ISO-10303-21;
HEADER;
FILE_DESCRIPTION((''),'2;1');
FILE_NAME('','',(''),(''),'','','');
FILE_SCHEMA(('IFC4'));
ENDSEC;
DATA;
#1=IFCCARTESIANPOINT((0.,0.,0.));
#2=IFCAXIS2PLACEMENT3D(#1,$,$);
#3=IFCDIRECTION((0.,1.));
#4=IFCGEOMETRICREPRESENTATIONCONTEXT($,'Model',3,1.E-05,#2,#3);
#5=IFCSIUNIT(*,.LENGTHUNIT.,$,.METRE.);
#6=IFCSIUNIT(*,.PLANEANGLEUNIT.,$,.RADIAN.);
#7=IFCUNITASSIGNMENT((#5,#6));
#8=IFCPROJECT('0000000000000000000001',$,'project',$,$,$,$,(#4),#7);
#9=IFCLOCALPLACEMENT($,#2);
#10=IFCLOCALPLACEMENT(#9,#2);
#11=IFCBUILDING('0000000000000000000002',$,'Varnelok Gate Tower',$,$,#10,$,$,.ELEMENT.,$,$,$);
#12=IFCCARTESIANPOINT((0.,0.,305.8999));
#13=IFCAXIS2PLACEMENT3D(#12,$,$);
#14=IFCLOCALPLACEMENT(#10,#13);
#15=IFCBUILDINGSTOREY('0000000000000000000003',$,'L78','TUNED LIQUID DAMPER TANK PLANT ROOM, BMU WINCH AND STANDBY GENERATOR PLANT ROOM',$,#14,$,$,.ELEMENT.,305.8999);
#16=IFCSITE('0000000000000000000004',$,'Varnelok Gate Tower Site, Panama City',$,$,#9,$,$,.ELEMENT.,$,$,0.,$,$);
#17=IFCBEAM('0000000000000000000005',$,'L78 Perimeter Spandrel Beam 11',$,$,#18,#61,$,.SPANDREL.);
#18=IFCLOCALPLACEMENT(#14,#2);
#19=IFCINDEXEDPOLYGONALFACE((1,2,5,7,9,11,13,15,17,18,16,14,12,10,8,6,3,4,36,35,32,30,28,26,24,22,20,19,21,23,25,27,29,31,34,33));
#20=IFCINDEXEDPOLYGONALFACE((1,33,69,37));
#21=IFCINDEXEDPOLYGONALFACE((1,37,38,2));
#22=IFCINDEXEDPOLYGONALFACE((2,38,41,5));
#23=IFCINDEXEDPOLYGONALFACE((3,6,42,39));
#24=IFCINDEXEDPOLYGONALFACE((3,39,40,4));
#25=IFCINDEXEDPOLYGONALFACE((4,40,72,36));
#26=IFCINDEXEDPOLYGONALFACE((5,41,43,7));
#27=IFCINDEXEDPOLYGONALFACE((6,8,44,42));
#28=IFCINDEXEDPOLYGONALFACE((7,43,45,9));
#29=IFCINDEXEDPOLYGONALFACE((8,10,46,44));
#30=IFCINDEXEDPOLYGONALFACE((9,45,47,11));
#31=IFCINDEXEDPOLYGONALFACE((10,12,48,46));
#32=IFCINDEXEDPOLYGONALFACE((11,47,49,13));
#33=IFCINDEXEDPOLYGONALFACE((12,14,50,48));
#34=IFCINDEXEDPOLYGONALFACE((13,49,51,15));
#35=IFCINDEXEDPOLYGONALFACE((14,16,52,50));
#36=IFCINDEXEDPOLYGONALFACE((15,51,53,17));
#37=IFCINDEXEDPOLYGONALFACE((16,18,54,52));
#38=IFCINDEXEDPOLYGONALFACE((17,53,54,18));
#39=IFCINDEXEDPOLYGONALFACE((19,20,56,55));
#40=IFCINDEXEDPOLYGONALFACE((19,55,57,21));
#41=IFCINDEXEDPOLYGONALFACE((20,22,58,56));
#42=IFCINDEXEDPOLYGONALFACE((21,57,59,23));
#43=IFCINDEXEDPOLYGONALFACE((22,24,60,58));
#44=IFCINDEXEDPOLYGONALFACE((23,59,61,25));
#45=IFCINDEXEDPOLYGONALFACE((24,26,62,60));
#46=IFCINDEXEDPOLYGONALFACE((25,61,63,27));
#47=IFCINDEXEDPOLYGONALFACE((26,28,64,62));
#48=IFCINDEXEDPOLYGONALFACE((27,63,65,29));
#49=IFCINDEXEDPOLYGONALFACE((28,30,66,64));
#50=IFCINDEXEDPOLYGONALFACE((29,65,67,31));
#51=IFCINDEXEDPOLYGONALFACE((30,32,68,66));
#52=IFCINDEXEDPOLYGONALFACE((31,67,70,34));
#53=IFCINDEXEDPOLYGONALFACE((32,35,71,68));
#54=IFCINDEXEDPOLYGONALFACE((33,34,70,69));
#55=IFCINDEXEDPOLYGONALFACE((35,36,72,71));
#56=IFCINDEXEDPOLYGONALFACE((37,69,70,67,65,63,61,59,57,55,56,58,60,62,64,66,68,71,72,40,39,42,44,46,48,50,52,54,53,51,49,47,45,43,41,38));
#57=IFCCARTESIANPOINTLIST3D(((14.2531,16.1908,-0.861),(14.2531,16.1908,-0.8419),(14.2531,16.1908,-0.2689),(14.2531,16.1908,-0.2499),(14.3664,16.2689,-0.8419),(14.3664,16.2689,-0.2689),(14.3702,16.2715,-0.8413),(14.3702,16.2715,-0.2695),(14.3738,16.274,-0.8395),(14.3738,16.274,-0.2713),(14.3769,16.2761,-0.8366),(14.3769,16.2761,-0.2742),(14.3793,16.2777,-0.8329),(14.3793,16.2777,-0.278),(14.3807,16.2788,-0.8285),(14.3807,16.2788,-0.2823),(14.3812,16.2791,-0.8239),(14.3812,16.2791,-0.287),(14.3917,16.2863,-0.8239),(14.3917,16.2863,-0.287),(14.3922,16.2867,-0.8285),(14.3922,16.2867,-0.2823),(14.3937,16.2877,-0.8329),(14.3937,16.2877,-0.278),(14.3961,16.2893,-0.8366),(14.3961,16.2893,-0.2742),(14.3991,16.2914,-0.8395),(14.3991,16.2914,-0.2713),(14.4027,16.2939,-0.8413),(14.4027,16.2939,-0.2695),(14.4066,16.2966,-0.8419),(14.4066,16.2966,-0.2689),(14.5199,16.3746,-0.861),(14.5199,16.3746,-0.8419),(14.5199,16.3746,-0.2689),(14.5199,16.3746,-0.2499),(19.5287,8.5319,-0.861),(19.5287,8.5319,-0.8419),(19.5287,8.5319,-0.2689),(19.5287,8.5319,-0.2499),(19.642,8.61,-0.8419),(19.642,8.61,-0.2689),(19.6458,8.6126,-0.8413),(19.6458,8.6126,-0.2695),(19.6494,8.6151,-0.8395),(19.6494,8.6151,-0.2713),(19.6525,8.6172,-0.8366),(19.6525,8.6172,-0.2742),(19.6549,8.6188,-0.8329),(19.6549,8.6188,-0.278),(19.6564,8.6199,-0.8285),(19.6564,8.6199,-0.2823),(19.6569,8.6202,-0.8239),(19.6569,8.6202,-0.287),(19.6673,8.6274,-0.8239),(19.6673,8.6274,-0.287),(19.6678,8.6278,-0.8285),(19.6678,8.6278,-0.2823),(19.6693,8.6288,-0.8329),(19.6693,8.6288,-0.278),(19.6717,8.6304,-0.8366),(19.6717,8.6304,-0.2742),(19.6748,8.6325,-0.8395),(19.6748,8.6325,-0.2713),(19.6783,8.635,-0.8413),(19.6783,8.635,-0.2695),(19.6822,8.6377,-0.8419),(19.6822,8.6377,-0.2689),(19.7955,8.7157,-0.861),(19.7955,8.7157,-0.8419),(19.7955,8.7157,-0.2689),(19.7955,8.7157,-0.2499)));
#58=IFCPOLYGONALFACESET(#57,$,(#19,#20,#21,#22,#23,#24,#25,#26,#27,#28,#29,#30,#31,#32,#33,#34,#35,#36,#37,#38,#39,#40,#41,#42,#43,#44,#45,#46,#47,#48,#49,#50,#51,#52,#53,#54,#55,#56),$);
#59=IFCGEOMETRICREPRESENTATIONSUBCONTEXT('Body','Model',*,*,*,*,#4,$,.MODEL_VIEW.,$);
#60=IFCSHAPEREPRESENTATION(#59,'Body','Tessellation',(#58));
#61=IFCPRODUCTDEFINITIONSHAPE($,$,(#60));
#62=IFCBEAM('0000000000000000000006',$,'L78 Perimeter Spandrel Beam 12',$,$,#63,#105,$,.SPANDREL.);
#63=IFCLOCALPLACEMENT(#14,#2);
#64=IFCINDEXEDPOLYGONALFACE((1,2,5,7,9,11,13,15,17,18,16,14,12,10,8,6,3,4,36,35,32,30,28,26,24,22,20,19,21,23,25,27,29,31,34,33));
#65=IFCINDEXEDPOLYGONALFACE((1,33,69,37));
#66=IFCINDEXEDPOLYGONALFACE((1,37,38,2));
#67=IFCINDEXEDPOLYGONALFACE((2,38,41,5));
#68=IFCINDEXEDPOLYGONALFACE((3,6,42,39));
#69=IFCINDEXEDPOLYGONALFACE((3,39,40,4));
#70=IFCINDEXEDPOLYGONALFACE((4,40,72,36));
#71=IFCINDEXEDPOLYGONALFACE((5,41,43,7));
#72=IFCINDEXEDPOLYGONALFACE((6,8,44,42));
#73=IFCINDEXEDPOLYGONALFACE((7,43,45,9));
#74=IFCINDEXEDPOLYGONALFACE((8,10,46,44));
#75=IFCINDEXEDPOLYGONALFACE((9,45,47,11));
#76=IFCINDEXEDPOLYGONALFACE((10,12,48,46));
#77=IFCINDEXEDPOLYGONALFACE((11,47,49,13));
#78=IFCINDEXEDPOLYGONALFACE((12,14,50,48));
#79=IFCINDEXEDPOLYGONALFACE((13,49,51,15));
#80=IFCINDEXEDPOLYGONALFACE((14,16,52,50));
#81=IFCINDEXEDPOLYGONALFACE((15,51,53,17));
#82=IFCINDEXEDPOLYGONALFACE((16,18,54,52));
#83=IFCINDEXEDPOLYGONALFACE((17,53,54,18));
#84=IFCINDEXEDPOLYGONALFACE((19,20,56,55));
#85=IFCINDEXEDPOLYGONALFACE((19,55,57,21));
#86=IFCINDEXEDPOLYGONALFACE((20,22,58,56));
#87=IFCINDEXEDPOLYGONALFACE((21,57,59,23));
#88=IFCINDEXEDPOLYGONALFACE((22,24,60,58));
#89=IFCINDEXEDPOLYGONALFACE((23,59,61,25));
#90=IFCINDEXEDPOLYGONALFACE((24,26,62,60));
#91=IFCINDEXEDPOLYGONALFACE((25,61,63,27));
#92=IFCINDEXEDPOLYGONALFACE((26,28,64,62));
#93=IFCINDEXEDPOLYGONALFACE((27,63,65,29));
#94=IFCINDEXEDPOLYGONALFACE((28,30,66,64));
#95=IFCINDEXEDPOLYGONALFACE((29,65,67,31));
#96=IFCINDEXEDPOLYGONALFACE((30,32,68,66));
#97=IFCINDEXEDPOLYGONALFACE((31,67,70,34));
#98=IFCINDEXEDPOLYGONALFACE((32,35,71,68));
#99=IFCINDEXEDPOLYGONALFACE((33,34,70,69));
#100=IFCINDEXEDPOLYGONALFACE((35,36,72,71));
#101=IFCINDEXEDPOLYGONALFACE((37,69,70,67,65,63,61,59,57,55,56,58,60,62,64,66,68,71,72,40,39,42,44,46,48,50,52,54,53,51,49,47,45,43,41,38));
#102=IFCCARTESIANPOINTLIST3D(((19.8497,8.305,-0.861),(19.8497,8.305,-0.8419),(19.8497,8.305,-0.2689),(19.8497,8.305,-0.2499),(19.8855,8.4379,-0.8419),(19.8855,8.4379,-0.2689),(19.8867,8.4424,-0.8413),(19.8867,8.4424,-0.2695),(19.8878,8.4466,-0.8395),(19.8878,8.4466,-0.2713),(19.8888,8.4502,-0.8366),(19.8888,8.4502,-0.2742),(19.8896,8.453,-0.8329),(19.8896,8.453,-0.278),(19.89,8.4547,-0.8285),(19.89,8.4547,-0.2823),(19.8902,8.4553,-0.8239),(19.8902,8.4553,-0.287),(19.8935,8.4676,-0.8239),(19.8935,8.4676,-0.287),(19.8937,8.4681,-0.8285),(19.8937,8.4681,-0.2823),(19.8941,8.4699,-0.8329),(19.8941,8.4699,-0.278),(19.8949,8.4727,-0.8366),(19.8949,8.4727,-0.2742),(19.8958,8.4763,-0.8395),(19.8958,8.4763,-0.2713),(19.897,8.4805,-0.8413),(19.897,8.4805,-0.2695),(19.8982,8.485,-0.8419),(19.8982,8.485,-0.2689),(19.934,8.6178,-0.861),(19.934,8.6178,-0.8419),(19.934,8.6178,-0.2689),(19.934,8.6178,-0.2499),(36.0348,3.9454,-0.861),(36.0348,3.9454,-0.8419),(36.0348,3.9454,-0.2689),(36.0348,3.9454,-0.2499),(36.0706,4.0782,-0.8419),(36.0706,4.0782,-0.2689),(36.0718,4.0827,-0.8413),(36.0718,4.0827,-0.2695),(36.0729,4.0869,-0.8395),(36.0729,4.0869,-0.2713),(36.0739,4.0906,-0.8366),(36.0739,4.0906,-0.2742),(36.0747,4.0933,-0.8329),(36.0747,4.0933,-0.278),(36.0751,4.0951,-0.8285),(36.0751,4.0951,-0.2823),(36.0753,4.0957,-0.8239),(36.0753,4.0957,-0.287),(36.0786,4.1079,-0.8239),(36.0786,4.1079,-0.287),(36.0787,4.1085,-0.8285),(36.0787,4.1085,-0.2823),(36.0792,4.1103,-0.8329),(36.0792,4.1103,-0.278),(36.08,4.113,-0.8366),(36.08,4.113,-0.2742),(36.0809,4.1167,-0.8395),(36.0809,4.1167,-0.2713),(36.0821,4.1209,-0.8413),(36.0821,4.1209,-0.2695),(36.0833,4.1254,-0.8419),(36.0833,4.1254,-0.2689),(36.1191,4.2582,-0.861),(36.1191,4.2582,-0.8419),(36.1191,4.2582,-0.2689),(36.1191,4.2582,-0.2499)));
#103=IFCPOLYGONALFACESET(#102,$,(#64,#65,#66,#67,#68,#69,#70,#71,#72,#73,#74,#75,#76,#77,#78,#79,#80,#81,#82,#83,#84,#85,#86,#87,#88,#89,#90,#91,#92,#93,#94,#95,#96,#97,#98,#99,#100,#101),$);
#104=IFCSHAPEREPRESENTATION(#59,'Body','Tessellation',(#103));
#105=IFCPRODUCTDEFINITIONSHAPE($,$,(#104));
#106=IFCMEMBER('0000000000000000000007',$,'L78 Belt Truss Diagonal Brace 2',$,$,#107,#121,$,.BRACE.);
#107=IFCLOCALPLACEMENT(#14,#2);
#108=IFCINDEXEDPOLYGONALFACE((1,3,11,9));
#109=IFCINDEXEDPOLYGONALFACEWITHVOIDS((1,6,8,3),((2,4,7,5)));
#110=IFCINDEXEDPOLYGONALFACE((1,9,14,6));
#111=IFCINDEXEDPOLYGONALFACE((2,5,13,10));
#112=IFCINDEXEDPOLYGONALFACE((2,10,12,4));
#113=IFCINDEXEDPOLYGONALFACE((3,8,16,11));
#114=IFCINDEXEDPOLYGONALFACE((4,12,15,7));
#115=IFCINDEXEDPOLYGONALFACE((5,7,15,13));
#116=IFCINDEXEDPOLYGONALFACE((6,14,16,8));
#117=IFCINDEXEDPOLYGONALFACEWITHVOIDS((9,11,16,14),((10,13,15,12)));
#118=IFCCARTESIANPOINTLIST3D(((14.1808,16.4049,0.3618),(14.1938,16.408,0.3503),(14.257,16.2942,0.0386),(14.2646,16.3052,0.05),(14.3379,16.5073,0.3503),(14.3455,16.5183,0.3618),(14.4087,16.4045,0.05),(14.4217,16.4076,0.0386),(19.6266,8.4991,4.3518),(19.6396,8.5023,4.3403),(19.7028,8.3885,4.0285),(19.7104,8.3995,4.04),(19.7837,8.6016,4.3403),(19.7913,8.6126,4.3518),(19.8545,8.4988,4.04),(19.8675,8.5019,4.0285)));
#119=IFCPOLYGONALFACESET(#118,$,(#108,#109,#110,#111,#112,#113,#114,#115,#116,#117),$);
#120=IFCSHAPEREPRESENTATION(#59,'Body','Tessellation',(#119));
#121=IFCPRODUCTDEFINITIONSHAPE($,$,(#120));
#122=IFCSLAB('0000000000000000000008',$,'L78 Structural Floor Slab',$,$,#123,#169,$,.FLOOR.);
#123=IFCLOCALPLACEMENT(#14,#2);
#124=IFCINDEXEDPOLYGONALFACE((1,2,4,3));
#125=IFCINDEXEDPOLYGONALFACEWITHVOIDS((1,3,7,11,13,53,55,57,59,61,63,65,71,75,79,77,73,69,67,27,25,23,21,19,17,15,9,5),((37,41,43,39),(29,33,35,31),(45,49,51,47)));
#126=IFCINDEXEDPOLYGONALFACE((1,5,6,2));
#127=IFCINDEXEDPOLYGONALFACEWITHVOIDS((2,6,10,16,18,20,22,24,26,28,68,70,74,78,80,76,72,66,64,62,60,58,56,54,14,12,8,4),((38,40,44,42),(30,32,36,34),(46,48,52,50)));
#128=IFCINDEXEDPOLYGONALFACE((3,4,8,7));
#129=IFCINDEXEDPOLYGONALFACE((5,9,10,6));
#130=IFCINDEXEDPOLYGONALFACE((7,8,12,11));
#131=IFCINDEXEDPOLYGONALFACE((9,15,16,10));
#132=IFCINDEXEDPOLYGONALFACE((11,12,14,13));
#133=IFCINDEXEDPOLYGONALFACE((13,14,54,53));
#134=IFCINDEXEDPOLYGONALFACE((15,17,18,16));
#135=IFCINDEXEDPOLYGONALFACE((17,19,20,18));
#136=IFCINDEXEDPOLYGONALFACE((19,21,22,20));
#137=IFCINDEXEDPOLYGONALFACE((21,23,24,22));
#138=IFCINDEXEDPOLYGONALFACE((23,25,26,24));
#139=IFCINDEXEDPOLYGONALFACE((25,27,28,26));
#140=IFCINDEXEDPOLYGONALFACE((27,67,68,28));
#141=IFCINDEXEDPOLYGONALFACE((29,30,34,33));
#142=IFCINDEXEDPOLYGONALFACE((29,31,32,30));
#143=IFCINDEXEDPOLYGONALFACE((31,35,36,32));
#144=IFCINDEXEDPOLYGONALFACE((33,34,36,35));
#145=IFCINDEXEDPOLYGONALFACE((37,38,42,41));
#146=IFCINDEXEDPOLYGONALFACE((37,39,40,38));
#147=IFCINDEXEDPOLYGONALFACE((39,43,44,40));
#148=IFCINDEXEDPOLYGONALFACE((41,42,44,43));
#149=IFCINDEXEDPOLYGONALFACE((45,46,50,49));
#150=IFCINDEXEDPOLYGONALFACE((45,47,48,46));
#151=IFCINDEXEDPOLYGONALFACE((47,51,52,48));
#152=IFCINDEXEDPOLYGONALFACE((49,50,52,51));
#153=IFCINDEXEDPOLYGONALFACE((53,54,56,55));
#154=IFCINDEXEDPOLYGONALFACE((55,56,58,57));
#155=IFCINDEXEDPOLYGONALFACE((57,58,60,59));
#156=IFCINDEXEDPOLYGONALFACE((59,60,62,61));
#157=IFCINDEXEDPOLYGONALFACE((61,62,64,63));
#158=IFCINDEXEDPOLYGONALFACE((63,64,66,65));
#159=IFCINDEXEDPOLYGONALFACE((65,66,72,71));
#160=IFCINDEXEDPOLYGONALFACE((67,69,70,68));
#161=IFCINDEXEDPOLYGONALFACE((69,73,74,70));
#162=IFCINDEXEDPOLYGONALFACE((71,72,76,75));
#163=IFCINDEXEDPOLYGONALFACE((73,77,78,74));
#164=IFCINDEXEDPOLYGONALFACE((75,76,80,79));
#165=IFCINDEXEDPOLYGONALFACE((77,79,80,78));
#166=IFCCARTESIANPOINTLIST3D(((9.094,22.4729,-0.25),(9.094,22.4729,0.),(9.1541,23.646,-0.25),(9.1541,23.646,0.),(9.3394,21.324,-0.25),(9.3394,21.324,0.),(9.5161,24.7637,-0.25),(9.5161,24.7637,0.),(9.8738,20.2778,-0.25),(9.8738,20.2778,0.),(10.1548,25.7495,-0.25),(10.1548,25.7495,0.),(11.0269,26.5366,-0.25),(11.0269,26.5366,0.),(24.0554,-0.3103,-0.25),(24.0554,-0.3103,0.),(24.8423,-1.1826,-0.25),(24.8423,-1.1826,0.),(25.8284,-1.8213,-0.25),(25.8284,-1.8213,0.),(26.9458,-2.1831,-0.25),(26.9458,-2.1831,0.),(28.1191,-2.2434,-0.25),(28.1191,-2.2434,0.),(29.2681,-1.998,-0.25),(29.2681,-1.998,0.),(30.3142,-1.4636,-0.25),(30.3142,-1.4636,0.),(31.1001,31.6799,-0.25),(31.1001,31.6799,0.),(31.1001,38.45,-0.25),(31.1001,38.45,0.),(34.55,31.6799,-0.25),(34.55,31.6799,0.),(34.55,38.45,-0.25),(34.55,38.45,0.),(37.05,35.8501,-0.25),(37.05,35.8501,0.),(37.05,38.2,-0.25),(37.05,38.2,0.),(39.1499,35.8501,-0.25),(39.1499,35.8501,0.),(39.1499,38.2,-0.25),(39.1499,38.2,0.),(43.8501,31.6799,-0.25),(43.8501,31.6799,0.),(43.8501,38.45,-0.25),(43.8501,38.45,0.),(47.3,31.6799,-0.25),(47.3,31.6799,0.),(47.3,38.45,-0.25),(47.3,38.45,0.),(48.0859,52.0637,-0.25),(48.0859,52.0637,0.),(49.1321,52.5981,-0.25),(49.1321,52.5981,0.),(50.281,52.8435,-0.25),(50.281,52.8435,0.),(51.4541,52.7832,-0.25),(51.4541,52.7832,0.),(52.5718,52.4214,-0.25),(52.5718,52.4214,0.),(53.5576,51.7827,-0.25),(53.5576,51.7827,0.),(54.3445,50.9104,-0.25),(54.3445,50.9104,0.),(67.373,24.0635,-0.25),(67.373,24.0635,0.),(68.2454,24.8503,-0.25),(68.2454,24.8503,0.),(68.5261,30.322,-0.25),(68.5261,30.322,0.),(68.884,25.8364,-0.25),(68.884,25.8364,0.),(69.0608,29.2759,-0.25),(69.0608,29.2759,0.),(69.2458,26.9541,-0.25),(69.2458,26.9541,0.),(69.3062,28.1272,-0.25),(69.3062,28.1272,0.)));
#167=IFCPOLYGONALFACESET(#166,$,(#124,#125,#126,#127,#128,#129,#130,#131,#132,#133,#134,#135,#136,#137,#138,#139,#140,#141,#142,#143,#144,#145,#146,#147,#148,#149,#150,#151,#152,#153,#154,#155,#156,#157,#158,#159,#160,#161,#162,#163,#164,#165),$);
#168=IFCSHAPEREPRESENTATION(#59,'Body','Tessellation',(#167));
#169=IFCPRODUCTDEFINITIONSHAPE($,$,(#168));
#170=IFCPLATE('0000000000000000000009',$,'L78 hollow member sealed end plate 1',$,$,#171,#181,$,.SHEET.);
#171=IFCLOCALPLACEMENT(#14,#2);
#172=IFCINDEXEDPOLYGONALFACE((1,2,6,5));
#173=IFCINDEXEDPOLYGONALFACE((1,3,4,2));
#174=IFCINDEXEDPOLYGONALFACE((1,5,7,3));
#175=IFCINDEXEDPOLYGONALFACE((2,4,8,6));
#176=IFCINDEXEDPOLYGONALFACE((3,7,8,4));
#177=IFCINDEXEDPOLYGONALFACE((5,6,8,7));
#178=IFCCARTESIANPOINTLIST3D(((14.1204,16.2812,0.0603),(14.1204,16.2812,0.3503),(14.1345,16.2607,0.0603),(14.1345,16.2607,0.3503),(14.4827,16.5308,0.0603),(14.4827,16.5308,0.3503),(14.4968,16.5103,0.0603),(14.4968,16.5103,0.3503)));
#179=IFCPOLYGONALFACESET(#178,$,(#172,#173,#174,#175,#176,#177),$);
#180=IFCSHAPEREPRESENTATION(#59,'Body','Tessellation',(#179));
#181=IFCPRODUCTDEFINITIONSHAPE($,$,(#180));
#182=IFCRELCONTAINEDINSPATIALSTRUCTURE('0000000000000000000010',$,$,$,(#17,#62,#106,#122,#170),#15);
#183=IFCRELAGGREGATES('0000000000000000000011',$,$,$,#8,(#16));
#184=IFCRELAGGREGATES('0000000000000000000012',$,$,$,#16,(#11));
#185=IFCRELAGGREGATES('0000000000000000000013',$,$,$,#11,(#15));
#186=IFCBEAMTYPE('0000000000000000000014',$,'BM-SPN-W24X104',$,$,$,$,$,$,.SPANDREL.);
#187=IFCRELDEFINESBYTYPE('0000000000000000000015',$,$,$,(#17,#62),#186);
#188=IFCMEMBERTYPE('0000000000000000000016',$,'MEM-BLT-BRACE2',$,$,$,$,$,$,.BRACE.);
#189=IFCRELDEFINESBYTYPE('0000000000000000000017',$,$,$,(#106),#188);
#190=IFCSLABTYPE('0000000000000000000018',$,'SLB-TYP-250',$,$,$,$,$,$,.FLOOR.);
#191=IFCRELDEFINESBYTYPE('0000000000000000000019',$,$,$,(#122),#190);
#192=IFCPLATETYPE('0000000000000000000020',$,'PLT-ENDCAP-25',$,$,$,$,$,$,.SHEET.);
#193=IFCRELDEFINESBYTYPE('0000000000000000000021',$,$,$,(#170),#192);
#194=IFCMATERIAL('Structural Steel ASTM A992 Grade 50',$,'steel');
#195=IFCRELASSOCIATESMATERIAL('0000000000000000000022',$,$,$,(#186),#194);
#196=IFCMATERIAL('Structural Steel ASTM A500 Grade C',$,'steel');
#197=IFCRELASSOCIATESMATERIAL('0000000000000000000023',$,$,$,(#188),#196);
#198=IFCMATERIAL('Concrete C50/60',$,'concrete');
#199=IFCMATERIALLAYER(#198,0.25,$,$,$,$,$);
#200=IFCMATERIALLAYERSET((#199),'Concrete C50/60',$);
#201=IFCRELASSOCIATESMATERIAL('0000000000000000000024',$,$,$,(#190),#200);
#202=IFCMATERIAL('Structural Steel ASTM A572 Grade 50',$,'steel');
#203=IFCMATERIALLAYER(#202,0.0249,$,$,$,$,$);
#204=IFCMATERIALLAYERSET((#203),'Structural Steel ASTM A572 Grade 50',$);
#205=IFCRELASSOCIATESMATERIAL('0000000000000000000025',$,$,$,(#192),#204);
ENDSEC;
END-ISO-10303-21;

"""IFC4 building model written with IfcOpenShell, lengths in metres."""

from ifc_helpers import new_model, si_unit, direction, frame, origin, origin_2d, place, context, subcontext, project, spatial, polyline, rectangle, hollow_rectangle, i_section, outline, extrude, source, transform, mapped, material, layer, layer_set, material_profile, profile_set, type_object, element, save


model = new_model("IFC4")

# Units and contexts
model_context = context("Model", 3, precision=1e-05, world=origin(), true_north=direction((0.0, 1.0)))
body_context = subcontext(model_context, "Body", "Model", "MODEL_VIEW")
ifc_project = project(units=[si_unit("LENGTHUNIT", "METRE"), si_unit("PLANEANGLEUNIT", "RADIAN")], contexts=[model_context])

# Site, building, storey
site_placement = place(None, origin())
site = spatial("IfcSite", under=ifc_project, at=site_placement, Name="Varnelok Gate Tower Site, Panama City", CompositionType="ELEMENT", RefElevation=0.0)
building_placement = place(site_placement, origin())
building = spatial("IfcBuilding", under=site, at=building_placement, Name="Varnelok Gate Tower", CompositionType="ELEMENT")
storey_placement = place(building_placement, frame((0.0, 0.0, 305.8999)))
storey = spatial("IfcBuildingStorey", under=building, at=storey_placement, Name="L78", Description="TUNED LIQUID DAMPER TANK PLANT ROOM, BMU WINCH AND STANDBY GENERATOR PLANT ROOM", CompositionType="ELEMENT", Elevation=305.8999)

# Shared definitions
ifc_material_1 = material(Name="Structural Steel ASTM A992 Grade 50", Category="steel")

# Beams
ifc_material_profile_1 = material_profile(ifc_material_1, i_section(OverallWidth=0.324, OverallDepth=0.6111, WebThickness=0.0127, FlangeThickness=0.019, FilletRadius=0.0181, at=origin_2d()), Name="W24X104")
ifc_profile_set_1 = profile_set([ifc_material_profile_1], Name="Structural Steel ASTM A992 Grade 50")
beam_type_1 = type_object("IfcBeamType", Name="BM-SPN-W24X104", PredefinedType="SPANDREL", material=ifc_profile_set_1)
beam_1_placement = place(storey_placement, frame((14.3865, 16.2827, -0.5554), z_axis=(0.567267, -0.823534, 0.0), x_axis=(0.823534, 0.567267, 0.0)))
element("IfcBeam", 1, at=beam_1_placement, inside=storey, type_object=beam_type_1, Name="L78 Perimeter Spandrel Beam 11", PredefinedType="SPANDREL", context=body_context, shape_type="SweptSolid", body=[
    extrude(i_section(OverallWidth=0.324, OverallDepth=0.6111, WebThickness=0.0127, FlangeThickness=0.019, FilletRadius=0.0181, at=origin_2d()), origin(), (0.0, 0.0, 1.0), 9.3),
])
beam_2_placement = place(storey_placement, frame((19.8918, 8.4614, -0.5554), z_axis=(0.965584, -0.26009, 0.0), x_axis=(0.26009, 0.965584, 0.0)))
element("IfcBeam", 2, at=beam_2_placement, inside=storey, type_object=beam_type_1, Name="L78 Perimeter Spandrel Beam 12", PredefinedType="SPANDREL", context=body_context, shape_type="SweptSolid", body=[
    extrude(i_section(OverallWidth=0.324, OverallDepth=0.6111, WebThickness=0.0127, FlangeThickness=0.019, FilletRadius=0.0181, at=origin_2d()), origin(), (0.0, 0.0, 1.0), 16.762),
])

# Member
ifc_material_2 = material(Name="Structural Steel ASTM A500 Grade C", Category="steel")
ifc_material_profile_2 = material_profile(ifc_material_2, hollow_rectangle(XDim=0.2, YDim=0.3501, WallThickness=0.0125, at=origin_2d()), Name="HSS350X200X12")
ifc_profile_set_2 = profile_set([ifc_material_profile_2], Name="Structural Steel ASTM A500 Grade C")
member_type = type_object("IfcMemberType", Name="MEM-BLT-BRACE2", PredefinedType="BRACE", material=ifc_profile_set_2)
member_placement = place(storey_placement, frame((14.3013, 16.4062, 0.2002), z_axis=(0.523834, -0.760458, 0.383799), x_axis=(0.823527, 0.567278, 0.0)))
element("IfcMember", 3, at=member_placement, inside=storey, type_object=member_type, Name="L78 Belt Truss Diagonal Brace 2", PredefinedType="BRACE", context=body_context, shape_type="SweptSolid", body=[
    extrude(hollow_rectangle(XDim=0.2, YDim=0.3501, WallThickness=0.0125, at=origin_2d()), origin(), (0.0, 0.0, 1.0), 10.396),
])

# Slab
ifc_material_3 = material(Name="Concrete C50/60", Category="concrete")
ifc_layer_1 = layer(ifc_material_3, 0.25)
ifc_layer_set_1 = layer_set([ifc_layer_1], Name="Concrete C50/60")
slab_type = type_object("IfcSlabType", Name="SLB-TYP-250", PredefinedType="FLOOR", material=ifc_layer_set_1)
slab_placement = place(storey_placement, frame((0.0, 0.0, -0.25)))
element("IfcSlab", 4, at=slab_placement, inside=storey, type_object=slab_type, Name="L78 Structural Floor Slab", PredefinedType="FLOOR", context=body_context, shape_type="SweptSolid", body=[
    extrude(outline(polyline([(24.0554, -0.3103), (24.8423, -1.1826), (25.8284, -1.8213), (26.9458, -2.1831), (28.1191, -2.2434), (29.2681, -1.998), (30.3142, -1.4636), (67.373, 24.0635), (68.2454, 24.8503), (68.884, 25.8364), (69.2458, 26.9541), (69.3062, 28.1272), (69.0608, 29.2759), (68.5261, 30.322), (54.3445, 50.9104), (53.5576, 51.7827), (52.5718, 52.4214), (51.4541, 52.7832), (50.281, 52.8435), (49.1321, 52.5981), (48.0859, 52.0637), (11.0269, 26.5366), (10.1548, 25.7495), (9.5161, 24.7637), (9.1541, 23.646), (9.094, 22.4729), (9.3394, 21.324), (9.8738, 20.2778), (24.0554, -0.3103)]), holes=[polyline([(34.55, 31.6799), (34.55, 38.45), (31.1001, 38.45), (31.1001, 31.6799), (34.55, 31.6799)]), polyline([(47.3, 31.6799), (47.3, 38.45), (43.8501, 38.45), (43.8501, 31.6799), (47.3, 31.6799)]), polyline([(37.05, 35.8501), (39.1499, 35.8501), (39.1499, 38.2), (37.05, 38.2), (37.05, 35.8501)])]), origin(), (0.0, 0.0, 1.0), 0.25),
])

# Plate
ifc_material_4 = material(Name="Structural Steel ASTM A572 Grade 50", Category="steel")
ifc_layer_2 = layer(ifc_material_4, 0.0249)
ifc_layer_set_2 = layer_set([ifc_layer_2], Name="Structural Steel ASTM A572 Grade 50")
plate_type_1 = type_object("IfcPlateType", Name="PLT-ENDCAP-25", PredefinedType="SHEET", material=ifc_layer_set_2)
shared_shape_1 = source(origin(), body_context, "Body", "SweptSolid", [
    extrude(rectangle(XDim=0.0249, YDim=0.4399, at=origin_2d()), origin(), (0.0, 0.0, 1.0), 0.29),
])
for number, where, z_axis, x_axis, name in (
    (5, (14.3086, 16.3958, 0.0603), (0.0, 0.0, 1.0), (0.567269, -0.823533, 0.0), "L78 hollow member sealed end plate 1"),
):
    element("IfcPlate", number, at=place(storey_placement, frame(where, z_axis=z_axis, x_axis=x_axis)), inside=storey, type_object=plate_type_1, Name=name, PredefinedType="SHEET", context=body_context, shape_type="MappedRepresentation", body=[
        mapped(shared_shape_1, transform((0.0, 0.0, 0.0), scale=1.0)),
    ])

save(model, "model.ifc")
